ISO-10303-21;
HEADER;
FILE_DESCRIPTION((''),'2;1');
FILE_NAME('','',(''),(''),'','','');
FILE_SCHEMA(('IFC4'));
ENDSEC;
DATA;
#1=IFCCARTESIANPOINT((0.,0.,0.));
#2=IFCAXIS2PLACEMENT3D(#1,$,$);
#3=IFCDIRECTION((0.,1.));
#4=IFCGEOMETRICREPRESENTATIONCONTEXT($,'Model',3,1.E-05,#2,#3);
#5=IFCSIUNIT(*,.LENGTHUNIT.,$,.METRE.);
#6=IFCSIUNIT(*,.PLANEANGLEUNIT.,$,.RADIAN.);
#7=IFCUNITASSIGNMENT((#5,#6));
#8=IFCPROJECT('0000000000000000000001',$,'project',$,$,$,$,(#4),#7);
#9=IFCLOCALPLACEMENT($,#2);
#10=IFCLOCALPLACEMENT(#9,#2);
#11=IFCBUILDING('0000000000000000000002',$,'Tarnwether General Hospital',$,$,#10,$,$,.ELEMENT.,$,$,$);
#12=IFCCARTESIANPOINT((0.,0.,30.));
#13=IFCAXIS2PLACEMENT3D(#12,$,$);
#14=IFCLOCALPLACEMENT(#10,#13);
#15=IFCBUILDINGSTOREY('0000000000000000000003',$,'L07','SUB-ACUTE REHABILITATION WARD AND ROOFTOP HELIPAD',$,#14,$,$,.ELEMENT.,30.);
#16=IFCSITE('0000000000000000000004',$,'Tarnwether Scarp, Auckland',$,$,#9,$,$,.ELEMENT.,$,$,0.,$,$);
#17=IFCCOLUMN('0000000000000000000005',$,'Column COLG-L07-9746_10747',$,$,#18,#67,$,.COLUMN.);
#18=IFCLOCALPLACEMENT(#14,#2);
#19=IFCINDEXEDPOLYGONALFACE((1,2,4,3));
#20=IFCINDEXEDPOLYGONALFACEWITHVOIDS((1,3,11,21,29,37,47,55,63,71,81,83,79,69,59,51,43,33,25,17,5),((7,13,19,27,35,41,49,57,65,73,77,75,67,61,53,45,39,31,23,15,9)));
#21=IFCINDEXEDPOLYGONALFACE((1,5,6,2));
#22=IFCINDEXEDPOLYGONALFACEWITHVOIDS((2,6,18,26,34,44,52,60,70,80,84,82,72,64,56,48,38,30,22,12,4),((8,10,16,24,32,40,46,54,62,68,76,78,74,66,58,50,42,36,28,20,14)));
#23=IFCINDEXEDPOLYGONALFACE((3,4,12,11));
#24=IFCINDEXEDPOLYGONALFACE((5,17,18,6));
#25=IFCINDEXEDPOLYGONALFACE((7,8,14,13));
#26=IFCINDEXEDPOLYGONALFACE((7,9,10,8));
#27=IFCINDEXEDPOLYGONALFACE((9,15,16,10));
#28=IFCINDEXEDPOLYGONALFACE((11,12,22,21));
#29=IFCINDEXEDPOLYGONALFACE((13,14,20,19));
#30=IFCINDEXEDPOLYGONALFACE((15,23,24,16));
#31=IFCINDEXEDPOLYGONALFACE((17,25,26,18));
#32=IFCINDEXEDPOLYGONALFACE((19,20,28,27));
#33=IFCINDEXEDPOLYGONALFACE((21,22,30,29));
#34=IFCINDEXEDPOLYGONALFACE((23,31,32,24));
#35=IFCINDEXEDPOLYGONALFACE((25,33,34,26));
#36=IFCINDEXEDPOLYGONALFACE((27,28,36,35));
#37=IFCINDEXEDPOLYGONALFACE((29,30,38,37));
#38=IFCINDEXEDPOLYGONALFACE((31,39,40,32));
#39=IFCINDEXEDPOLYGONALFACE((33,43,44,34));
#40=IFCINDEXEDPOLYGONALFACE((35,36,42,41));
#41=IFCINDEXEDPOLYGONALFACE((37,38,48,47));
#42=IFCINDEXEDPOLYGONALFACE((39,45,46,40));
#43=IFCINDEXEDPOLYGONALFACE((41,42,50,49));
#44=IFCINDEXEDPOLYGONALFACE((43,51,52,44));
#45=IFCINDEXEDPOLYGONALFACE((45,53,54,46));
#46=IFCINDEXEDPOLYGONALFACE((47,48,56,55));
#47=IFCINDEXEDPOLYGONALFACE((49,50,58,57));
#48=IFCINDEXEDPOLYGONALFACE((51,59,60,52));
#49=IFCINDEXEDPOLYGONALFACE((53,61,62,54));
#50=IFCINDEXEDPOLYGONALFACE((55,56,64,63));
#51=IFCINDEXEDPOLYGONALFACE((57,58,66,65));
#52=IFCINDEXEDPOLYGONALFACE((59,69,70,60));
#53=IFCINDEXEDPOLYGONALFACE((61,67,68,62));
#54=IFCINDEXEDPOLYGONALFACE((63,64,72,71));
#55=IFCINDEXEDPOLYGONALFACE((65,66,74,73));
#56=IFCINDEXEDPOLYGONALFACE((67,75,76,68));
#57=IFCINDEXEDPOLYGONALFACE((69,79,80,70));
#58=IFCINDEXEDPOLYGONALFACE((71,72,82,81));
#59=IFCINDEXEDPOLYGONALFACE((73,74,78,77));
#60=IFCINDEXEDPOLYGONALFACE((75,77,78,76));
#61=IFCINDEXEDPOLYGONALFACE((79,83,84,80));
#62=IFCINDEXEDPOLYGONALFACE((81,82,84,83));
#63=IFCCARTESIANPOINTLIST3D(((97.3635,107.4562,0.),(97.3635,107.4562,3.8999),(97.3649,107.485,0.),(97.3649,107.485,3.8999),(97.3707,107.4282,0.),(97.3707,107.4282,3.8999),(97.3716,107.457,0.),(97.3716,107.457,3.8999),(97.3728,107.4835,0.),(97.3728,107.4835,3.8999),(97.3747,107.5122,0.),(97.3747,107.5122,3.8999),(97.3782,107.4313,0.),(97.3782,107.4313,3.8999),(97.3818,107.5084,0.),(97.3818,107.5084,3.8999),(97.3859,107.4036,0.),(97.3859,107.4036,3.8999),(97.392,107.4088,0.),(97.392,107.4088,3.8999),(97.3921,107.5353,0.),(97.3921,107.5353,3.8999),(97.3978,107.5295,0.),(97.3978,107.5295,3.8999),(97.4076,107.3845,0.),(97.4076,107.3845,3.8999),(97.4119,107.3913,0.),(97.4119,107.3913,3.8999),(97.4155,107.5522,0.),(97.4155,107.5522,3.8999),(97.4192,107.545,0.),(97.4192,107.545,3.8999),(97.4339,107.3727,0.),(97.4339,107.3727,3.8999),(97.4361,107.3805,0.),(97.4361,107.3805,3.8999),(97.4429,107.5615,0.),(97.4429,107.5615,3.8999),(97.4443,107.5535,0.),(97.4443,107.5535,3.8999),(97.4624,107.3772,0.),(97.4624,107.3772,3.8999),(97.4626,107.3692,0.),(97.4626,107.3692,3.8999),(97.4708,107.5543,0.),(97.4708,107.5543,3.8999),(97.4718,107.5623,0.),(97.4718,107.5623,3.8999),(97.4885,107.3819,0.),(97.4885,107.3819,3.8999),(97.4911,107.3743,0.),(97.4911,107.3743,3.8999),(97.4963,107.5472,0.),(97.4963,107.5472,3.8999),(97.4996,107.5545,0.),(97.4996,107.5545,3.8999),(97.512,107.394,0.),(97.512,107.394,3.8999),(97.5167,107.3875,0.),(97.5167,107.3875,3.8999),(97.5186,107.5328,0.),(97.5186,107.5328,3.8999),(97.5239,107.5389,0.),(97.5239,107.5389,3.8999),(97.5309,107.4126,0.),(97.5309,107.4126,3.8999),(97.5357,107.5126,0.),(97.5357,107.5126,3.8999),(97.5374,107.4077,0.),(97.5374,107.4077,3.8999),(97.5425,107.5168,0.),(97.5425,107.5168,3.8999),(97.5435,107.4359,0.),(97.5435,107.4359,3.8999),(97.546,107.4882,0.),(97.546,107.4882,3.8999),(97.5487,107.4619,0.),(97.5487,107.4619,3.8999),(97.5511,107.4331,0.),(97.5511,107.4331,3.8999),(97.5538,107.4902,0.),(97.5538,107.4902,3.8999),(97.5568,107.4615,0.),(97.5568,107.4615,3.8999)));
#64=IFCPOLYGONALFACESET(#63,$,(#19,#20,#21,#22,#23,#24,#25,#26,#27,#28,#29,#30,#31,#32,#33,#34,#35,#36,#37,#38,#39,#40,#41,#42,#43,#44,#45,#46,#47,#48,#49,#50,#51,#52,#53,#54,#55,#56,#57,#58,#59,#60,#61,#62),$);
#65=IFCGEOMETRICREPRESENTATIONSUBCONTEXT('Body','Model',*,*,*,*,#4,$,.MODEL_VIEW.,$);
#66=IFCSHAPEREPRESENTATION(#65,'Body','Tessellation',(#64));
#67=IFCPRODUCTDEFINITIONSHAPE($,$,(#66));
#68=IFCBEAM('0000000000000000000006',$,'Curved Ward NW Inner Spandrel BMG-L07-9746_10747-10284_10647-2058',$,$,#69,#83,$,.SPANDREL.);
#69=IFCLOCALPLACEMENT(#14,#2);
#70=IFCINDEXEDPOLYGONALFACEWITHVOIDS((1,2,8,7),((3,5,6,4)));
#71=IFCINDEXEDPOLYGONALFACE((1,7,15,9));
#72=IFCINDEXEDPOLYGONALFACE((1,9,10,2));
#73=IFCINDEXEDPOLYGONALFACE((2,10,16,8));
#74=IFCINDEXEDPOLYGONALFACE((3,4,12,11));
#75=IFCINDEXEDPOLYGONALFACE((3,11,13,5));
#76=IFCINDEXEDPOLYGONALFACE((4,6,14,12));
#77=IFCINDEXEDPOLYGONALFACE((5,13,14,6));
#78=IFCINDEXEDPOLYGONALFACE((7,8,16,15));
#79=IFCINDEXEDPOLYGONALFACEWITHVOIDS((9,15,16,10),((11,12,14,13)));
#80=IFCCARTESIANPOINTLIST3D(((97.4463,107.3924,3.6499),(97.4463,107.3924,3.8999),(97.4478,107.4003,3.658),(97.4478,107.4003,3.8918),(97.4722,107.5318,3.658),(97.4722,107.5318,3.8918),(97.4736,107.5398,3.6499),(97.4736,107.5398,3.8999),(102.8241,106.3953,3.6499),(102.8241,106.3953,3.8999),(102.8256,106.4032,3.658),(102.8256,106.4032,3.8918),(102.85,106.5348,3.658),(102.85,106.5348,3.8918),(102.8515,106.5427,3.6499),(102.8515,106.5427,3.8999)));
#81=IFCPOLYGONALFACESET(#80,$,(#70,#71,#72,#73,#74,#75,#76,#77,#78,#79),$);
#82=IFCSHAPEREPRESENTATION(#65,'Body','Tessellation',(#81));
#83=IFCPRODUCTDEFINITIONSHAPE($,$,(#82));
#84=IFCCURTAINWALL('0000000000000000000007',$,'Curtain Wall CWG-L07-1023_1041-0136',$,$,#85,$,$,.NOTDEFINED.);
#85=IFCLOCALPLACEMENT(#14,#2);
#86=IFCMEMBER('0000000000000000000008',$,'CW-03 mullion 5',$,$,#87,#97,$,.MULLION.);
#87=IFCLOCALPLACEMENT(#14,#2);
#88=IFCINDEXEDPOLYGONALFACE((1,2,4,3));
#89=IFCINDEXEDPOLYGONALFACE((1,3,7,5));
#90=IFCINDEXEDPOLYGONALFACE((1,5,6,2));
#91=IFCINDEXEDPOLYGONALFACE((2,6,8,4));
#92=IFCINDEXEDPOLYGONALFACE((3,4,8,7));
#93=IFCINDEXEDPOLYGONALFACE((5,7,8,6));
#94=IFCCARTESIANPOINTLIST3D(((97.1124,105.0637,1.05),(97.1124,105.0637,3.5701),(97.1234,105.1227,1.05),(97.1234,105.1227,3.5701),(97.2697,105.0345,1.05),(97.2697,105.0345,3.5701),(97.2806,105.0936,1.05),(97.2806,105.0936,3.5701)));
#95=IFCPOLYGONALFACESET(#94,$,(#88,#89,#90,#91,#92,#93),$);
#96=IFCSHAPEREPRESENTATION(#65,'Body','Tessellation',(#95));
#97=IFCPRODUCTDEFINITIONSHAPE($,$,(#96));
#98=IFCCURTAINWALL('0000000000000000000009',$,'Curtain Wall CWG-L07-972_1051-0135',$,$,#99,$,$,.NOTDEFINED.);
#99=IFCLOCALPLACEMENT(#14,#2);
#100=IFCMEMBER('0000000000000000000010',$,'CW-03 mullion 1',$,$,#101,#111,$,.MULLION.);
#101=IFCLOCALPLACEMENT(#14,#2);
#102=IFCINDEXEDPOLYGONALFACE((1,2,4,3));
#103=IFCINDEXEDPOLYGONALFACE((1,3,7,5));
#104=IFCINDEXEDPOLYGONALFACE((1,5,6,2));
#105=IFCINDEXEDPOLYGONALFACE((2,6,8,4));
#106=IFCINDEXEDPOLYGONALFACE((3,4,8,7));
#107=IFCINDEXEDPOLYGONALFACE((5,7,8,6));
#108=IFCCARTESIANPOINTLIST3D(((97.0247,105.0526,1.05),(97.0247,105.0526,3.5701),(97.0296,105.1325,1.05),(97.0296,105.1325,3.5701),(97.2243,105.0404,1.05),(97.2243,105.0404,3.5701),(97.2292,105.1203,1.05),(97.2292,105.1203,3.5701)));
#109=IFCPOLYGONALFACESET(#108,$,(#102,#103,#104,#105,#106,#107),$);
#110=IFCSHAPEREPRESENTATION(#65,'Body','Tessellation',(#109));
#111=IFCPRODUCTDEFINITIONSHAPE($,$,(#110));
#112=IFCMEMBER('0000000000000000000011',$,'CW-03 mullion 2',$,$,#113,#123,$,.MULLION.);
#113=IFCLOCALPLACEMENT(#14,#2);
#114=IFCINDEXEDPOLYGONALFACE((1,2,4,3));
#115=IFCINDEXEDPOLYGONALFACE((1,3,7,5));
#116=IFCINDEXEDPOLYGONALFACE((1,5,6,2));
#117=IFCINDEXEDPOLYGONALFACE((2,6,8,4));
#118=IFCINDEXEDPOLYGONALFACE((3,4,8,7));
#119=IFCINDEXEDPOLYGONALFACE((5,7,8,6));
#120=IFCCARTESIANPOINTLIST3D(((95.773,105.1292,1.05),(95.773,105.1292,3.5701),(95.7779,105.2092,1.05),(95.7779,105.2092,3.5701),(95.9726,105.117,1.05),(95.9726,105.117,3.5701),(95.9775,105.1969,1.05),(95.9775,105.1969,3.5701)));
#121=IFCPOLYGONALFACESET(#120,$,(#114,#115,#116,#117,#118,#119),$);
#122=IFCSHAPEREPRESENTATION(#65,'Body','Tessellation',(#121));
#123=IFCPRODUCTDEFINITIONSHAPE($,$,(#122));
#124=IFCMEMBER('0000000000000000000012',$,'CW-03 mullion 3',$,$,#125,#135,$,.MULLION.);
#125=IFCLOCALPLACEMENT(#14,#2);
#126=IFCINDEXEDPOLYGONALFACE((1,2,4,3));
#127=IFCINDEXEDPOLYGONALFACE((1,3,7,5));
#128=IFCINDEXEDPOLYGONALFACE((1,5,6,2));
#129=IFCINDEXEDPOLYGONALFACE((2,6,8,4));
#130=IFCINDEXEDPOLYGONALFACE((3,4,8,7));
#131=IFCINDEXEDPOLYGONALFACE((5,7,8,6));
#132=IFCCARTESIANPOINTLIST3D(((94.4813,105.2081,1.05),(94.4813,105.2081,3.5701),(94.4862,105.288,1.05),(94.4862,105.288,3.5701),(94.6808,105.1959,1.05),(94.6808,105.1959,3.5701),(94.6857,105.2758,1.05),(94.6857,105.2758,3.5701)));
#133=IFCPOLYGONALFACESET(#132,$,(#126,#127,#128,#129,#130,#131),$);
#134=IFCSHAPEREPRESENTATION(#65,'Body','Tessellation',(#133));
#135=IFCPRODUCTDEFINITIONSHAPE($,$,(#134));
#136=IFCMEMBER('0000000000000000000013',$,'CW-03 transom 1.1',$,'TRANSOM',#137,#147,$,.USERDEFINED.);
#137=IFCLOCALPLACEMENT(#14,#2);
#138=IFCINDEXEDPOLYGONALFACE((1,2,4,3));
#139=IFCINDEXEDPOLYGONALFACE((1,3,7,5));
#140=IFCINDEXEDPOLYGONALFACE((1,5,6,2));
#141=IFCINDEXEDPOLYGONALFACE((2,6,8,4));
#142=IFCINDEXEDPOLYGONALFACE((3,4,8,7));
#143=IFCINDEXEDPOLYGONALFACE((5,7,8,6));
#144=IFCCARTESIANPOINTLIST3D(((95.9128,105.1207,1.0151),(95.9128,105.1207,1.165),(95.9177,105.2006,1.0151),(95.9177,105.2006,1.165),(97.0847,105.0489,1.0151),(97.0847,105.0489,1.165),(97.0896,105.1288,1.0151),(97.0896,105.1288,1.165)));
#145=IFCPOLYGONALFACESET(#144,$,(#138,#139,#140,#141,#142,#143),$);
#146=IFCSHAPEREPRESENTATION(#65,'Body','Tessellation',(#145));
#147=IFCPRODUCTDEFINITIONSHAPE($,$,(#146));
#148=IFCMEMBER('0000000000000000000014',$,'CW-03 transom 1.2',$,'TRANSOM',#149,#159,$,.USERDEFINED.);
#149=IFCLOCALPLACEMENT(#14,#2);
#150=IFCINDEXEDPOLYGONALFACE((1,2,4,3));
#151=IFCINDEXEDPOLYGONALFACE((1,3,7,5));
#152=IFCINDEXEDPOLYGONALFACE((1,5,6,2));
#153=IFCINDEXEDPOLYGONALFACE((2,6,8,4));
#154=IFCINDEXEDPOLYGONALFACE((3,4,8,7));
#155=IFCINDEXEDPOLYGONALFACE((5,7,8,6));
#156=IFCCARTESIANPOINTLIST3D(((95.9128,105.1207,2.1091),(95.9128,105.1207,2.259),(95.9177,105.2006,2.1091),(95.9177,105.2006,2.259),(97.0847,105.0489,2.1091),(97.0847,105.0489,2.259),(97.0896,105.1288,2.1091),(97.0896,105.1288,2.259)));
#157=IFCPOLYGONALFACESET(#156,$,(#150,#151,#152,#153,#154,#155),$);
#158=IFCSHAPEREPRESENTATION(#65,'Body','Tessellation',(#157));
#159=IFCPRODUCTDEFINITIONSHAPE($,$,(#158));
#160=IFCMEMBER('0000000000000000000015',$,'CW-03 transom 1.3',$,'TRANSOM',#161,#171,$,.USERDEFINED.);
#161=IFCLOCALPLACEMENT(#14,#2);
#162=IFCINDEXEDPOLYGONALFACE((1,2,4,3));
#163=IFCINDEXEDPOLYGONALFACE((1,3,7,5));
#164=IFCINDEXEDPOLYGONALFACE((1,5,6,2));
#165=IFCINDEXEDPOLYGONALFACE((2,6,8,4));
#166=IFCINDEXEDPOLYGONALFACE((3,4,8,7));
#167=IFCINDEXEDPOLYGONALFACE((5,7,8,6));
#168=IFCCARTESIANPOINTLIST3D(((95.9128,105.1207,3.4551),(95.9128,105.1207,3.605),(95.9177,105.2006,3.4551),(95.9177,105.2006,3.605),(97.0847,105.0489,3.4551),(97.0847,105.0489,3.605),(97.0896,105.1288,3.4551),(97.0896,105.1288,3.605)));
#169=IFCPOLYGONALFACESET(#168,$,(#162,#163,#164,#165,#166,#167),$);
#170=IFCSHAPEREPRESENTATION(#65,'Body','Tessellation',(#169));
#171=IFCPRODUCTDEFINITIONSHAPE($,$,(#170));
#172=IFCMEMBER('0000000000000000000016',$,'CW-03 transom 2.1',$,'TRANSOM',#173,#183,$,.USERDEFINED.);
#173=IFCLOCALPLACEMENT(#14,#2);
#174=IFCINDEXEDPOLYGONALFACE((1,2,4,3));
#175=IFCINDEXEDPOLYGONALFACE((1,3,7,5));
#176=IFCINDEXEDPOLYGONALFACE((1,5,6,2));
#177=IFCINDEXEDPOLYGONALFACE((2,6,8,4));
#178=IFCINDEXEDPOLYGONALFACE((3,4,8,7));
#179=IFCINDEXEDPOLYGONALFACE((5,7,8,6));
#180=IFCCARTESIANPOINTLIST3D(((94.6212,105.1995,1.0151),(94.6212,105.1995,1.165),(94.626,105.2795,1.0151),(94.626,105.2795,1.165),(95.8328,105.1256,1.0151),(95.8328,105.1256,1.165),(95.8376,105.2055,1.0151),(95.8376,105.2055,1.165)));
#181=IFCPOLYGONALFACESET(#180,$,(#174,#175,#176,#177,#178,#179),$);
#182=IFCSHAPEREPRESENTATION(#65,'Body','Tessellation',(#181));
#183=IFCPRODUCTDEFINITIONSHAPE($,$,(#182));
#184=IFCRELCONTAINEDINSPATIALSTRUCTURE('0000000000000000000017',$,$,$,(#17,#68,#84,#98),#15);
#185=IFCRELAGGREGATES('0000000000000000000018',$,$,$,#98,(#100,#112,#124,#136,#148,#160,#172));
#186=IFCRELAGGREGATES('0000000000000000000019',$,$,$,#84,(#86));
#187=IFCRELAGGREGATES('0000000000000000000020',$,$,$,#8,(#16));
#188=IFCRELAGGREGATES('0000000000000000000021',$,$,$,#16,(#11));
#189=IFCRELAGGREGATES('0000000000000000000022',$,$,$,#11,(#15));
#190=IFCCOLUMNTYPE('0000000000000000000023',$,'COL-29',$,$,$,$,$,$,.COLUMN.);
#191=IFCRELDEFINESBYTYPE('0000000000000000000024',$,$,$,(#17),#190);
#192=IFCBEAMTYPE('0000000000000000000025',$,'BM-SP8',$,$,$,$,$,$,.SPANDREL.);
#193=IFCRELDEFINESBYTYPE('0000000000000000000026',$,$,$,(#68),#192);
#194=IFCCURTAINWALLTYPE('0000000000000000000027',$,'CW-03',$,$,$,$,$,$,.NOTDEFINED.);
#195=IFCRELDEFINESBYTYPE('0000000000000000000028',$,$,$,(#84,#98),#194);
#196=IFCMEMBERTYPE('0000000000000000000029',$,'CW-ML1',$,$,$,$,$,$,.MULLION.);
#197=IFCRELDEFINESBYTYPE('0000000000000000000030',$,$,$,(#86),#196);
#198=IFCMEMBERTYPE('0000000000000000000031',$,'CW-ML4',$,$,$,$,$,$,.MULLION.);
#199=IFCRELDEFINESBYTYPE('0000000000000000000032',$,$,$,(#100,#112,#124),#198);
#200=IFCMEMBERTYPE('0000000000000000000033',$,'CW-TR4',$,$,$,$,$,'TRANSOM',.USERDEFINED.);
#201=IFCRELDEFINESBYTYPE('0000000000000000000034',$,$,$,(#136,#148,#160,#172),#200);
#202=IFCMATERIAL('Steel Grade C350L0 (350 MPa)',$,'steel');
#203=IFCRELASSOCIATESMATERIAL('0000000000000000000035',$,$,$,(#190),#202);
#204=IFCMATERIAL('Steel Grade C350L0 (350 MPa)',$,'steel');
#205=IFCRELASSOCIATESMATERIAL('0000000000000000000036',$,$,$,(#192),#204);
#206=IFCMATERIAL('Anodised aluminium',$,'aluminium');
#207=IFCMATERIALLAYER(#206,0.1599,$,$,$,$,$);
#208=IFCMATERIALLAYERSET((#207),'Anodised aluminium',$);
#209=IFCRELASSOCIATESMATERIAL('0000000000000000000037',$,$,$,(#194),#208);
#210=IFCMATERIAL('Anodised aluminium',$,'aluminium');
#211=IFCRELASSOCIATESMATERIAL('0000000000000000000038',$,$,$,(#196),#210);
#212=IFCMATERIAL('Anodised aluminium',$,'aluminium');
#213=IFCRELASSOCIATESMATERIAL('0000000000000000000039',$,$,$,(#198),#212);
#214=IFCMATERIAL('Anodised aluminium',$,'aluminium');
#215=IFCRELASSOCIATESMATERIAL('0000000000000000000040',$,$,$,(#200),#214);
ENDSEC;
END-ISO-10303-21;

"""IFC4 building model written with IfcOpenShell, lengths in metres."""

from ifc_helpers import new_model, si_unit, direction, frame, origin, origin_2d, place, context, subcontext, project, spatial, rectangle, hollow_rectangle, hollow_circle, extrude, material, layer, layer_set, material_profile, profile_set, type_object, element, aggregate, save


model = new_model("IFC4")

# Units and contexts
model_context = context("Model", 3, precision=1e-05, world=origin(), true_north=direction((0.0, 1.0)))
body_context = subcontext(model_context, "Body", "Model", "MODEL_VIEW")
ifc_project = project(units=[si_unit("LENGTHUNIT", "METRE"), si_unit("PLANEANGLEUNIT", "RADIAN")], contexts=[model_context])

# Site, building, storey
site_placement = place(None, origin())
site = spatial("IfcSite", under=ifc_project, at=site_placement, Name="Tarnwether Scarp, Auckland", CompositionType="ELEMENT", RefElevation=0.0)
building_placement = place(site_placement, origin())
building = spatial("IfcBuilding", under=site, at=building_placement, Name="Tarnwether General Hospital", CompositionType="ELEMENT")
storey_placement = place(building_placement, frame((0.0, 0.0, 30.0)))
storey = spatial("IfcBuildingStorey", under=building, at=storey_placement, Name="L07", Description="SUB-ACUTE REHABILITATION WARD AND ROOFTOP HELIPAD", CompositionType="ELEMENT", Elevation=30.0)

# Column
ifc_material_1 = material(Name="Steel Grade C350L0 (350 MPa)", Category="steel")
ifc_material_profile_1 = material_profile(ifc_material_1, hollow_circle(Radius=0.0969, WallThickness=0.0081, at=origin_2d()), Name="CHS193.7x8.0")
ifc_profile_set_1 = profile_set([ifc_material_profile_1], Name="Steel Grade C350L0 (350 MPa)")
column_type = type_object("IfcColumnType", Name="COL-29", PredefinedType="COLUMN", material=ifc_profile_set_1)
column_placement = place(storey_placement, frame((97.46, 107.4661, 0.0), z_axis=(0.0, 0.0, 1.0), x_axis=(0.121869, 0.992546, 0.0)))
element("IfcColumn", 1, at=column_placement, inside=storey, type_object=column_type, Name="Column COLG-L07-9746_10747", PredefinedType="COLUMN", context=body_context, shape_type="SweptSolid", body=[
    extrude(hollow_circle(Radius=0.0969, WallThickness=0.0081, at=origin_2d()), origin(), (0.0, 0.0, 1.0), 3.8999),
])

# Beam
ifc_material_2 = material(Name="Steel Grade C350L0 (350 MPa)", Category="steel")
ifc_material_profile_2 = material_profile(ifc_material_2, hollow_rectangle(XDim=0.1499, YDim=0.25, WallThickness=0.0081, at=origin_2d()), Name="RHS250x150x8")
ifc_profile_set_2 = profile_set([ifc_material_profile_2], Name="Steel Grade C350L0 (350 MPa)")
beam_type = type_object("IfcBeamType", Name="BM-SP8", PredefinedType="SPANDREL", material=ifc_profile_set_2)
beam_placement = place(storey_placement, frame((97.46, 107.4661, 3.7749), z_axis=(0.983244, -0.182294, 0.0), x_axis=(0.182294, 0.983244, 0.0)))
element("IfcBeam", 2, at=beam_placement, inside=storey, type_object=beam_type, Name="Curved Ward NW Inner Spandrel BMG-L07-9746_10747-10284_10647-2058", PredefinedType="SPANDREL", context=body_context, shape_type="SweptSolid", body=[
    extrude(hollow_rectangle(XDim=0.1499, YDim=0.25, WallThickness=0.0081, at=origin_2d()), origin(), (0.0, 0.0, 1.0), 5.4695),
])

# Curtain wall, member
ifc_material_3 = material(Name="Anodised aluminium", Category="aluminium")
ifc_layer_1 = layer(ifc_material_3, 0.1599)
ifc_layer_set_1 = layer_set([ifc_layer_1], Name="Anodised aluminium")
curtain_wall_type = type_object("IfcCurtainWallType", Name="CW-03", PredefinedType="NOTDEFINED", material=ifc_layer_set_1)
curtain_wall_1_placement = place(storey_placement, origin())
curtain_wall_1 = element("IfcCurtainWall", 3, at=curtain_wall_1_placement, inside=storey, type_object=curtain_wall_type, Name="Curtain Wall CWG-L07-1023_1041-0136", PredefinedType="NOTDEFINED")
ifc_material_4 = material(Name="Anodised aluminium", Category="aluminium")
ifc_material_profile_3 = material_profile(ifc_material_4, rectangle(XDim=0.0601, YDim=0.1599, at=origin_2d()), Name="ALU-MUL-60x160")
ifc_profile_set_3 = profile_set([ifc_material_profile_3], Name="Anodised aluminium")
member_type_1 = type_object("IfcMemberType", Name="CW-ML1", PredefinedType="MULLION", material=ifc_profile_set_3)
member_1_placement = place(storey_placement, frame((97.1965, 105.0786, 1.05), z_axis=(0.0, 0.0, 1.0), x_axis=(-0.182165, -0.983268, 0.0)))
member_1 = element("IfcMember", 4, at=member_1_placement, type_object=member_type_1, Name="CW-03 mullion 5", PredefinedType="MULLION", context=body_context, shape_type="SweptSolid", body=[
    extrude(rectangle(XDim=0.0601, YDim=0.1599, at=origin_2d()), origin(), (0.0, 0.0, 1.0), 2.52),
])

# Curtain wall, members
curtain_wall_2_placement = place(storey_placement, origin())
curtain_wall_2 = element("IfcCurtainWall", 5, at=curtain_wall_2_placement, inside=storey, type_object=curtain_wall_type, Name="Curtain Wall CWG-L07-972_1051-0135", PredefinedType="NOTDEFINED")
ifc_material_5 = material(Name="Anodised aluminium", Category="aluminium")
ifc_material_profile_4 = material_profile(ifc_material_5, rectangle(XDim=0.0801, YDim=0.2, at=origin_2d()), Name="ALU-MUL-80x200")
ifc_profile_set_4 = profile_set([ifc_material_profile_4], Name="Anodised aluminium")
member_type_2 = type_object("IfcMemberType", Name="CW-ML4", PredefinedType="MULLION", material=ifc_profile_set_4)
member_2_placement = place(storey_placement, frame((97.127, 105.0864, 1.05), z_axis=(0.0, 0.0, 1.0), x_axis=(-0.061043, -0.998135, 0.0)))
member_2 = element("IfcMember", 6, at=member_2_placement, type_object=member_type_2, Name="CW-03 mullion 1", PredefinedType="MULLION", context=body_context, shape_type="SweptSolid", body=[
    extrude(rectangle(XDim=0.0801, YDim=0.2, at=origin_2d()), origin(), (0.0, 0.0, 1.0), 2.52),
])
member_3_placement = place(storey_placement, frame((95.8752, 105.1631, 1.05), z_axis=(0.0, 0.0, 1.0), x_axis=(-0.061043, -0.998135, 0.0)))
member_3 = element("IfcMember", 7, at=member_3_placement, type_object=member_type_2, Name="CW-03 mullion 2", PredefinedType="MULLION", context=body_context, shape_type="SweptSolid", body=[
    extrude(rectangle(XDim=0.0801, YDim=0.2, at=origin_2d()), origin(), (0.0, 0.0, 1.0), 2.52),
])
member_4_placement = place(storey_placement, frame((94.5835, 105.2419, 1.05), z_axis=(0.0, 0.0, 1.0), x_axis=(-0.061043, -0.998135, 0.0)))
member_4 = element("IfcMember", 8, at=member_4_placement, type_object=member_type_2, Name="CW-03 mullion 3", PredefinedType="MULLION", context=body_context, shape_type="SweptSolid", body=[
    extrude(rectangle(XDim=0.0801, YDim=0.2, at=origin_2d()), origin(), (0.0, 0.0, 1.0), 2.52),
])
ifc_material_6 = material(Name="Anodised aluminium", Category="aluminium")
ifc_material_profile_5 = material_profile(ifc_material_6, rectangle(XDim=0.0801, YDim=0.1499, at=origin_2d()), Name="ALU-TRN-80x150")
ifc_profile_set_5 = profile_set([ifc_material_profile_5], Name="Anodised aluminium")
member_type_3 = type_object("IfcMemberType", Name="CW-TR4", ElementType="TRANSOM", PredefinedType="USERDEFINED", material=ifc_profile_set_5)
member_5_placement = place(storey_placement, frame((97.0872, 105.0889, 1.0901), z_axis=(-0.998129, 0.061135, 0.0), x_axis=(-0.061135, -0.998129, 0.0)))
member_5 = element("IfcMember", 9, at=member_5_placement, type_object=member_type_3, Name="CW-03 transom 1.1", ObjectType="TRANSOM", PredefinedType="USERDEFINED", context=body_context, shape_type="SweptSolid", body=[
    extrude(rectangle(XDim=0.0801, YDim=0.1499, at=origin_2d()), origin(), (0.0, 0.0, 1.0), 1.1741),
])
member_6_placement = place(storey_placement, frame((97.0872, 105.0889, 2.1841), z_axis=(-0.998129, 0.061135, 0.0), x_axis=(-0.061135, -0.998129, 0.0)))
member_6 = element("IfcMember", 10, at=member_6_placement, type_object=member_type_3, Name="CW-03 transom 1.2", ObjectType="TRANSOM", PredefinedType="USERDEFINED", context=body_context, shape_type="SweptSolid", body=[
    extrude(rectangle(XDim=0.0801, YDim=0.1499, at=origin_2d()), origin(), (0.0, 0.0, 1.0), 1.1741),
])
member_7_placement = place(storey_placement, frame((97.0872, 105.0889, 3.53), z_axis=(-0.998129, 0.061135, 0.0), x_axis=(-0.061135, -0.998129, 0.0)))
member_7 = element("IfcMember", 11, at=member_7_placement, type_object=member_type_3, Name="CW-03 transom 1.3", ObjectType="TRANSOM", PredefinedType="USERDEFINED", context=body_context, shape_type="SweptSolid", body=[
    extrude(rectangle(XDim=0.0801, YDim=0.1499, at=origin_2d()), origin(), (0.0, 0.0, 1.0), 1.1741),
])
member_8_placement = place(storey_placement, frame((95.8352, 105.1655, 1.0901), z_axis=(-0.998142, 0.060938, 0.0), x_axis=(-0.060938, -0.998142, 0.0)))
member_8 = element("IfcMember", 12, at=member_8_placement, type_object=member_type_3, Name="CW-03 transom 2.1", ObjectType="TRANSOM", PredefinedType="USERDEFINED", context=body_context, shape_type="SweptSolid", body=[
    extrude(rectangle(XDim=0.0801, YDim=0.1499, at=origin_2d()), origin(), (0.0, 0.0, 1.0), 1.2139),
])
aggregate(curtain_wall_2, [member_2, member_3, member_4, member_5, member_6, member_7, member_8])

aggregate(curtain_wall_1, [member_1])

save(model, "model.ifc")
